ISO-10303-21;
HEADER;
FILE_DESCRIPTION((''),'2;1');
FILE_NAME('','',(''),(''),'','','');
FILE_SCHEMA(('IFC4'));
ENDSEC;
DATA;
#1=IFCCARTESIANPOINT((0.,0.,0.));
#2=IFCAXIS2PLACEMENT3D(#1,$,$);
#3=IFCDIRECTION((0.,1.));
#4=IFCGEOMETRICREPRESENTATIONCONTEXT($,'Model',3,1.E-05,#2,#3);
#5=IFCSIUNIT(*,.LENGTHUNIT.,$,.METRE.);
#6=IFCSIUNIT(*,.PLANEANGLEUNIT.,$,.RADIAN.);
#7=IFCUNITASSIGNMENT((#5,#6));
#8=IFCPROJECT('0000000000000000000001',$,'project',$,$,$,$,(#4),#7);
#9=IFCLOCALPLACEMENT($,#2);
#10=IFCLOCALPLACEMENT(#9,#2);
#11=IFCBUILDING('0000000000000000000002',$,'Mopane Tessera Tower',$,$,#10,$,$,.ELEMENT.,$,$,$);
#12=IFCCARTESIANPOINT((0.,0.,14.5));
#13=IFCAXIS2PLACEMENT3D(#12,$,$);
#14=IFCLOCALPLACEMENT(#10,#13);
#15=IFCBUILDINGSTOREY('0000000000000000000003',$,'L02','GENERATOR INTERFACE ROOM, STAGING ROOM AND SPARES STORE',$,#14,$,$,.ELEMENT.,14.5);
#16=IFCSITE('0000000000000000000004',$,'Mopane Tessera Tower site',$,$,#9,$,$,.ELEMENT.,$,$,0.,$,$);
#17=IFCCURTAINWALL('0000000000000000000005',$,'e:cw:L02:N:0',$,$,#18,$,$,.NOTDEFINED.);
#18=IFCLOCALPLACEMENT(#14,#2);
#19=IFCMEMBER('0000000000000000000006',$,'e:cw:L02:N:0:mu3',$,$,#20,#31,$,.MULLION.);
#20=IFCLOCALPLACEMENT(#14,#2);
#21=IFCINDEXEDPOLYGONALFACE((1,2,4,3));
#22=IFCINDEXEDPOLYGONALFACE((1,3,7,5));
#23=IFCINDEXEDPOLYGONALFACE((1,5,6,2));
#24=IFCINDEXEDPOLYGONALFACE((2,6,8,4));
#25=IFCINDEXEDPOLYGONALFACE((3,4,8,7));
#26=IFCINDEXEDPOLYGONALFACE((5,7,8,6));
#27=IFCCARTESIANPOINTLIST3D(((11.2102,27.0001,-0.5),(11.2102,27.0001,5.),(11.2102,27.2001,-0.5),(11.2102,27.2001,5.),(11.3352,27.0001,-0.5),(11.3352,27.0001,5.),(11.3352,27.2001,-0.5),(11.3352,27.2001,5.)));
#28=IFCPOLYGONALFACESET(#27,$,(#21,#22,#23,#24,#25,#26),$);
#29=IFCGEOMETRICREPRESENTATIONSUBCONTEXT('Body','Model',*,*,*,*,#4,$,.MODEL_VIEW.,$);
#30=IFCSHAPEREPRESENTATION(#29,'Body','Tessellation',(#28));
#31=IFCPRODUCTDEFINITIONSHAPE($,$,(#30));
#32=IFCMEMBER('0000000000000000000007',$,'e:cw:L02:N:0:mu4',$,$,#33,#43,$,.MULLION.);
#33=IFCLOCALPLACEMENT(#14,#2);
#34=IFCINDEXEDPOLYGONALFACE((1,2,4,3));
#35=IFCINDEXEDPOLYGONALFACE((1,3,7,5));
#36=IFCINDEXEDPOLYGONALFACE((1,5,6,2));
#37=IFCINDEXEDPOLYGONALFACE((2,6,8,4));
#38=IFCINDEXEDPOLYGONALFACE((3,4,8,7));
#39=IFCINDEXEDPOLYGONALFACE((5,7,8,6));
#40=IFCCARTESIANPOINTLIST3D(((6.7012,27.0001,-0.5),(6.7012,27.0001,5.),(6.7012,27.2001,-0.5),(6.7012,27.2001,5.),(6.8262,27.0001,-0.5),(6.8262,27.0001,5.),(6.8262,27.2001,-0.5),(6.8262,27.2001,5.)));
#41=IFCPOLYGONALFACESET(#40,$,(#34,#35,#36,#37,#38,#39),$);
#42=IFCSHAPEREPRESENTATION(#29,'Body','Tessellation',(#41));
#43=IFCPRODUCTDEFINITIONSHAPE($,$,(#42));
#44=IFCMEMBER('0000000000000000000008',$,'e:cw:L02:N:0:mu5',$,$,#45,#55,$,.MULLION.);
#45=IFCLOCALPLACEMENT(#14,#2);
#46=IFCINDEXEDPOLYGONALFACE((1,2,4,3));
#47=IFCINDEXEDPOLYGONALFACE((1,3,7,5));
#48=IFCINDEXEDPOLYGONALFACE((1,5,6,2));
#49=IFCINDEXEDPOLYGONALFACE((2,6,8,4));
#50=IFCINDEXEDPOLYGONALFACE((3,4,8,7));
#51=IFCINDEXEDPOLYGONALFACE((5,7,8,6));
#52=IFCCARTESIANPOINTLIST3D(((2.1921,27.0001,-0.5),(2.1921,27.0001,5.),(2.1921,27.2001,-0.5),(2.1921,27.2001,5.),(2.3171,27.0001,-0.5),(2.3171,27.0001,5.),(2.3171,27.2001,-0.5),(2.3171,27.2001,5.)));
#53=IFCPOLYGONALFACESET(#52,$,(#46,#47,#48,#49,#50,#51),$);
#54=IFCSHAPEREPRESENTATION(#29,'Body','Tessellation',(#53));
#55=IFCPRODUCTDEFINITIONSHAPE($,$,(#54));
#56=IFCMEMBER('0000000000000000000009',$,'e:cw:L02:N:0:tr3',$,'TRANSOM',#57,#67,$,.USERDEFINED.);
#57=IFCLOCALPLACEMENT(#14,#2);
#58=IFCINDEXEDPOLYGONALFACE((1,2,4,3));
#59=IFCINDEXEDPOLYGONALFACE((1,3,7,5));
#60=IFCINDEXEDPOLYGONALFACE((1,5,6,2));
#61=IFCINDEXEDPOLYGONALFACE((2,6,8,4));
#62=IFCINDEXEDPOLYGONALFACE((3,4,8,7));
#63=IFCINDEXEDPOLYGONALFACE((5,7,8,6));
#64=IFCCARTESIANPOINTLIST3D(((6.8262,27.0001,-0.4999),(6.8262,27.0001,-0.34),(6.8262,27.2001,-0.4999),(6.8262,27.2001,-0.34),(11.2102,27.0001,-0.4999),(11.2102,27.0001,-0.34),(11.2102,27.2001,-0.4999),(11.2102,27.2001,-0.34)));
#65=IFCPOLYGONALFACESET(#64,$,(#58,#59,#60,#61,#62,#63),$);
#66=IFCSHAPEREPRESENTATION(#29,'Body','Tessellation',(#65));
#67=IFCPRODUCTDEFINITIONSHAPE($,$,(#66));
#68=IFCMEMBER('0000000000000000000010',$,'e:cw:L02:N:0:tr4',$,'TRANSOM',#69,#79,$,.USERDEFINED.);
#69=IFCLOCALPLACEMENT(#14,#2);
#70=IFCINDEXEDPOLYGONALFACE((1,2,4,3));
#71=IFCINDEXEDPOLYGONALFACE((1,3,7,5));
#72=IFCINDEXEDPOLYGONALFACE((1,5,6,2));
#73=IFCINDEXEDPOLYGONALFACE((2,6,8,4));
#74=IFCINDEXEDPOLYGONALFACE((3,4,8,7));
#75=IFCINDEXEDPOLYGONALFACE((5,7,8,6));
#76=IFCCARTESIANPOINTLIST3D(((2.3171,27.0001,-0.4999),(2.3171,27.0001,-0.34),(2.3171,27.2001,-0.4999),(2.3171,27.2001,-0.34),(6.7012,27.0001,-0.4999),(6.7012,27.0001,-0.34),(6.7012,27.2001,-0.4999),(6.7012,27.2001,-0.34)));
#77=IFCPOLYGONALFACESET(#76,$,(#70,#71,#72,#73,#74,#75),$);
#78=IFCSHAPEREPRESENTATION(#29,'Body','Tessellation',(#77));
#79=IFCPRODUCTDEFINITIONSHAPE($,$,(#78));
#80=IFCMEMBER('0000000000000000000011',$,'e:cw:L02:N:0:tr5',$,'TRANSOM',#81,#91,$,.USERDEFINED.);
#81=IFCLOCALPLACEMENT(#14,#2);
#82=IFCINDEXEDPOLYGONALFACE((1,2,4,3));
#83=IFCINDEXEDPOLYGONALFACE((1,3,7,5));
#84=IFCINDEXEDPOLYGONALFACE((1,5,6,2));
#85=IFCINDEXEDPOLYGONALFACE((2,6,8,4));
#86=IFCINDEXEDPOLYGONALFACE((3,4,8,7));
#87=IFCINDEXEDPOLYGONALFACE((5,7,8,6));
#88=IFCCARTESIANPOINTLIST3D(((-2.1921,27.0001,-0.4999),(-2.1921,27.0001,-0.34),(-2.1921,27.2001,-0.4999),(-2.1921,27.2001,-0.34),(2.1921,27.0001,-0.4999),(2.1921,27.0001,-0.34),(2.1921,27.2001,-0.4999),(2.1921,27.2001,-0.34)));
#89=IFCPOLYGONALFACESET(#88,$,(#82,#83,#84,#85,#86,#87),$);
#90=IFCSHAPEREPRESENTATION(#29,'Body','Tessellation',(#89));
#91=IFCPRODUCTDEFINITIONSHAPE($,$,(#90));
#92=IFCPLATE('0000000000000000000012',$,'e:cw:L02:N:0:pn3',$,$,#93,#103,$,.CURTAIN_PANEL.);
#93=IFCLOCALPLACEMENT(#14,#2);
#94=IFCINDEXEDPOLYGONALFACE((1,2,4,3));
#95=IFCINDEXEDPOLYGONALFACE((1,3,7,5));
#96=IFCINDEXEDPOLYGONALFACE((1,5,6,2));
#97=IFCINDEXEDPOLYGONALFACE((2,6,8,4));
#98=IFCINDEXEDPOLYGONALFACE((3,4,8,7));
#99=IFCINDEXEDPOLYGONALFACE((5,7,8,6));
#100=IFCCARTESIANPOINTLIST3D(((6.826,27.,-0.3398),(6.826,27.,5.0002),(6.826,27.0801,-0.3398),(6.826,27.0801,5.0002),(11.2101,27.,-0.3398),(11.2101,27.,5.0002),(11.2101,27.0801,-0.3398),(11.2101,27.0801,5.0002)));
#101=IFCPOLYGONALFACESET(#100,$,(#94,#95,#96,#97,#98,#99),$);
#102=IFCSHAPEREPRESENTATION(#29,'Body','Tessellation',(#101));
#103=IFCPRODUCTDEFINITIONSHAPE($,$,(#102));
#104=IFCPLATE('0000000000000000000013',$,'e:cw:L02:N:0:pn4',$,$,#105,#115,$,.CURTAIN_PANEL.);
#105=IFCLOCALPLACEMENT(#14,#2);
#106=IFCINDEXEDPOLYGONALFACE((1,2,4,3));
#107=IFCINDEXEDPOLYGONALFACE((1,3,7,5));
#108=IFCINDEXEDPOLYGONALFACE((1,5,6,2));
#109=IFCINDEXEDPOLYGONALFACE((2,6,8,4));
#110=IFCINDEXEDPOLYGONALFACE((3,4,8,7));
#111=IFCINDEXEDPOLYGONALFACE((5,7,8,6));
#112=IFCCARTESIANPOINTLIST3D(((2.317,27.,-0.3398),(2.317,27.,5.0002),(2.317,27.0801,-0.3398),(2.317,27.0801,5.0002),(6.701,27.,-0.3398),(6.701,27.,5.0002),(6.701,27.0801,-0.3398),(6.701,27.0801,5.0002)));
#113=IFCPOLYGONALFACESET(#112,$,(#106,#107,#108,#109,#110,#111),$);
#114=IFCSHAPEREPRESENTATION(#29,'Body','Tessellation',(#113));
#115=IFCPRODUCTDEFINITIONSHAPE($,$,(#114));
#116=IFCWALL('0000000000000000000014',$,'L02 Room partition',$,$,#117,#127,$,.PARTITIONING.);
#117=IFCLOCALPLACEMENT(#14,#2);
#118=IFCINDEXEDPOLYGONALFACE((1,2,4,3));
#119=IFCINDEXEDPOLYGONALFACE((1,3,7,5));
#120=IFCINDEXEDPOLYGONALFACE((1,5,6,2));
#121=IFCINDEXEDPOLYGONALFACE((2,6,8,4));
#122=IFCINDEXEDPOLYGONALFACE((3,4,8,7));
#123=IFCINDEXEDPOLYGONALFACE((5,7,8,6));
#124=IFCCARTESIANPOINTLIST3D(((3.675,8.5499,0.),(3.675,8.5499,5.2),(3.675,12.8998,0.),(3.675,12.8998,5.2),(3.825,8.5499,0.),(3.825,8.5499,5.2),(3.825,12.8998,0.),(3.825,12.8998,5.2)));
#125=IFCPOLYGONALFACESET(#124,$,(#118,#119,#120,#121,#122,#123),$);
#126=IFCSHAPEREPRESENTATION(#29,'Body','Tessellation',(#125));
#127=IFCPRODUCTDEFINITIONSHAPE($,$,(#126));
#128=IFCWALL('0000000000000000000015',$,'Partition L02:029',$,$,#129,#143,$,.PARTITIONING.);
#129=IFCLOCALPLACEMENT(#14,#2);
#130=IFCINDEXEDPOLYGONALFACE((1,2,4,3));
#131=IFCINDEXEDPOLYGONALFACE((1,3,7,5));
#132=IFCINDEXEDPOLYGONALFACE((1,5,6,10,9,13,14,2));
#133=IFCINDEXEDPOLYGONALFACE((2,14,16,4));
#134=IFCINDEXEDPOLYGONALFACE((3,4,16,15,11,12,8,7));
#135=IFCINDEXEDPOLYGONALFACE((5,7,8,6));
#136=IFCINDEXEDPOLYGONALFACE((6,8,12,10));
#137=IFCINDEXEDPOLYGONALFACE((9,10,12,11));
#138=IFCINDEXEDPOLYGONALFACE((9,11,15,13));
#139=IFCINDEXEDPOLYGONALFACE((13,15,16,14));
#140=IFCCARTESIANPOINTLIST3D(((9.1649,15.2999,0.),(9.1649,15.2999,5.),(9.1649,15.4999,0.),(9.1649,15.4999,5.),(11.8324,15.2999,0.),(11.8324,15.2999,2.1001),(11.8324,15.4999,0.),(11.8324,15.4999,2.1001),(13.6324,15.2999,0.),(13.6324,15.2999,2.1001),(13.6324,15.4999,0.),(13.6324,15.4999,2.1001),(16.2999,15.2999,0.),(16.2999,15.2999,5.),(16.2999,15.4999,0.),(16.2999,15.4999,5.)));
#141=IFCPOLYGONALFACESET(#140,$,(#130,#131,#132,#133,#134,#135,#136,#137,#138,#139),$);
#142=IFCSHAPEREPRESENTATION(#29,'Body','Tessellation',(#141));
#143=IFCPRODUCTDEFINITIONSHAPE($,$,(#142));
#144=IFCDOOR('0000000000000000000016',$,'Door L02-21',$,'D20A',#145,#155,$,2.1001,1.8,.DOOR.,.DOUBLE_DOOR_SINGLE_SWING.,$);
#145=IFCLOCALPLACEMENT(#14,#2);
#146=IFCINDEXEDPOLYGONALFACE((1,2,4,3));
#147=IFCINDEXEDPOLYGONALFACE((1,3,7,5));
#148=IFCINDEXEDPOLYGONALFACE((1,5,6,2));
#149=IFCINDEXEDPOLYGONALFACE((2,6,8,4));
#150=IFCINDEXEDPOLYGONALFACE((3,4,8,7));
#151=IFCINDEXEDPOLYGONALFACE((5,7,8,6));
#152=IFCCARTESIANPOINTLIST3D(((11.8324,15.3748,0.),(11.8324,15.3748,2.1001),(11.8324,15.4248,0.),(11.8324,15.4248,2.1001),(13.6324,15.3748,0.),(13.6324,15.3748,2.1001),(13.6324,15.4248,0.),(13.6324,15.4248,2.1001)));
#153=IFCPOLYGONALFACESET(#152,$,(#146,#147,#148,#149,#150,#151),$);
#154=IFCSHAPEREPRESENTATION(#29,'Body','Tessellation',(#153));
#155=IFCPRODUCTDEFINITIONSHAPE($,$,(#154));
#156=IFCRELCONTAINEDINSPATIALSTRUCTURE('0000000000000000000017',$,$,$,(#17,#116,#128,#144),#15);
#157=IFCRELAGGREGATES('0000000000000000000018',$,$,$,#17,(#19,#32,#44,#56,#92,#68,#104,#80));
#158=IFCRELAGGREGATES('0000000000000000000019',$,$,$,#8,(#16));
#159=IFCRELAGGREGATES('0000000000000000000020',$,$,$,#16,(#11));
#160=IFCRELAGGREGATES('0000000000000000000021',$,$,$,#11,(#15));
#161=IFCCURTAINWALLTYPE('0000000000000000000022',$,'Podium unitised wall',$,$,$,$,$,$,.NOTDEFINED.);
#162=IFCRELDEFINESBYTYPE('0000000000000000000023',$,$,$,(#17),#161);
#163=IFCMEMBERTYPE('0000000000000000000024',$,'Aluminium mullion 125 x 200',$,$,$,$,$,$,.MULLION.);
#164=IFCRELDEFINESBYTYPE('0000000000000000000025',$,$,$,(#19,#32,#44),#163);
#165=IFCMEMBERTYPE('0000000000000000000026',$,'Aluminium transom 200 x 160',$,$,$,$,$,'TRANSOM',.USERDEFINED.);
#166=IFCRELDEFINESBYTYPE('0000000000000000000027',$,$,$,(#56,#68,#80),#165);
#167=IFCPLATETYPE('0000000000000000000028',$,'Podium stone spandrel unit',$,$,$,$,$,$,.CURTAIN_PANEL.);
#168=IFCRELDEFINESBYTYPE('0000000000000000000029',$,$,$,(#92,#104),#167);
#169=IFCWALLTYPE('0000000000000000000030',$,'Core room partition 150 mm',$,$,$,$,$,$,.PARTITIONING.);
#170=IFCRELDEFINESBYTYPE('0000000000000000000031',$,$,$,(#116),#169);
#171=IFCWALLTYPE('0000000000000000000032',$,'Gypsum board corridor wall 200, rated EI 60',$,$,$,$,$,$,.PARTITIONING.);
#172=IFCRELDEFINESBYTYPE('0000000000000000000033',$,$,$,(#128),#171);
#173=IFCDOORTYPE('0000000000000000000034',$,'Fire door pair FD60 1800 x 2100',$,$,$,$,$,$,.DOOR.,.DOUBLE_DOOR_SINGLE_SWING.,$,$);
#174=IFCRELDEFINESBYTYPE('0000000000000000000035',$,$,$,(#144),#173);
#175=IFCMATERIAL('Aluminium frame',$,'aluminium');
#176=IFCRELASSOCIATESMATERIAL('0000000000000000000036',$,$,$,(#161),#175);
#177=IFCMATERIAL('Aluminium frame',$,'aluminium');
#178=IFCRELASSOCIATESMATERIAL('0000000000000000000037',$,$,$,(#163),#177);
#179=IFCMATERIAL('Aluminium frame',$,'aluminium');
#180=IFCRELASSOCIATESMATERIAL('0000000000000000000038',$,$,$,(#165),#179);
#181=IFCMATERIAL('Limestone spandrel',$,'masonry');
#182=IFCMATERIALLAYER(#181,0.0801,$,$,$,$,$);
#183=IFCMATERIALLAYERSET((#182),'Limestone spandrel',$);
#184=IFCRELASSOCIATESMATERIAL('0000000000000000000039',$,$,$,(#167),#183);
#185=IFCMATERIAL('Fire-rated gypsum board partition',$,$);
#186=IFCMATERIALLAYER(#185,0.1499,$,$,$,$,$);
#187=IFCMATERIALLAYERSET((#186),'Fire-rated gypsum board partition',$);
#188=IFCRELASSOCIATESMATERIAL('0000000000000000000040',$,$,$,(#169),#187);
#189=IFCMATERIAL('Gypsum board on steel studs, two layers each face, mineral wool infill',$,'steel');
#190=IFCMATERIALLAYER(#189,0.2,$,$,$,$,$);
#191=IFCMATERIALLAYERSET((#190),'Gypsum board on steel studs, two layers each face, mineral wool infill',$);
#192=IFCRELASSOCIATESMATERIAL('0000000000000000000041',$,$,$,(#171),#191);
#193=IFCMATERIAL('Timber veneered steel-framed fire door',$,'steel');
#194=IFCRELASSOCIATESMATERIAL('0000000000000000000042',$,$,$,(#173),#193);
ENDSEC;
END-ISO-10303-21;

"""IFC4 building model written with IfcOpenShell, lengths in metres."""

from ifc_helpers import new_model, si_unit, direction, frame, frame_2d, origin, origin_2d, place, context, subcontext, project, spatial, rectangle, extrude, material, layer, layer_set, material_profile, profile_set, type_object, element, fill, aggregate, save


model = new_model("IFC4")

# Units and contexts
model_context = context("Model", 3, precision=1e-05, world=origin(), true_north=direction((0.0, 1.0)))
body_context = subcontext(model_context, "Body", "Model", "MODEL_VIEW")
ifc_project = project(units=[si_unit("LENGTHUNIT", "METRE"), si_unit("PLANEANGLEUNIT", "RADIAN")], contexts=[model_context])

# Site, building, storey
site_placement = place(None, origin())
site = spatial("IfcSite", under=ifc_project, at=site_placement, Name="Mopane Tessera Tower site", CompositionType="ELEMENT", RefElevation=0.0)
building_placement = place(site_placement, origin())
building = spatial("IfcBuilding", under=site, at=building_placement, Name="Mopane Tessera Tower", CompositionType="ELEMENT")
storey_placement = place(building_placement, frame((0.0, 0.0, 14.5)))
storey = spatial("IfcBuildingStorey", under=building, at=storey_placement, Name="L02", Description="GENERATOR INTERFACE ROOM, STAGING ROOM AND SPARES STORE", CompositionType="ELEMENT", Elevation=14.5)

# Curtain wall, members, plates
ifc_material_1 = material(Name="Aluminium frame", Category="aluminium")
curtain_wall_type = type_object("IfcCurtainWallType", Name="Podium unitised wall", PredefinedType="NOTDEFINED", material=ifc_material_1)
curtain_wall_placement = place(storey_placement, origin())
curtain_wall = element("IfcCurtainWall", 1, at=curtain_wall_placement, inside=storey, type_object=curtain_wall_type, Name="e:cw:L02:N:0", PredefinedType="NOTDEFINED")
ifc_material_2 = material(Name="Aluminium frame", Category="aluminium")
ifc_material_profile_1 = material_profile(ifc_material_2, rectangle(XDim=0.125, YDim=0.2, at=origin_2d()))
ifc_profile_set_1 = profile_set([ifc_material_profile_1], Name="Aluminium frame")
member_type_1 = type_object("IfcMemberType", Name="Aluminium mullion 125 x 200", PredefinedType="MULLION", material=ifc_profile_set_1)
member_1_placement = place(storey_placement, frame((11.2727, 27.1001, -0.5), z_axis=(0.0, 0.0, 1.0), x_axis=(-1.0, 0.0, 0.0)))
member_1 = element("IfcMember", 2, at=member_1_placement, type_object=member_type_1, Name="e:cw:L02:N:0:mu3", PredefinedType="MULLION", context=body_context, shape_type="SweptSolid", body=[
    extrude(rectangle(XDim=0.125, YDim=0.2, at=origin_2d()), origin(), (0.0, 0.0, 1.0), 5.5),
])
member_2_placement = place(storey_placement, frame((6.7637, 27.1001, -0.5), z_axis=(0.0, 0.0, 1.0), x_axis=(-1.0, 0.0, 0.0)))
member_2 = element("IfcMember", 3, at=member_2_placement, type_object=member_type_1, Name="e:cw:L02:N:0:mu4", PredefinedType="MULLION", context=body_context, shape_type="SweptSolid", body=[
    extrude(rectangle(XDim=0.125, YDim=0.2, at=origin_2d()), origin(), (0.0, 0.0, 1.0), 5.5),
])
member_3_placement = place(storey_placement, frame((2.2546, 27.1001, -0.5), z_axis=(0.0, 0.0, 1.0), x_axis=(-1.0, 0.0, 0.0)))
member_3 = element("IfcMember", 4, at=member_3_placement, type_object=member_type_1, Name="e:cw:L02:N:0:mu5", PredefinedType="MULLION", context=body_context, shape_type="SweptSolid", body=[
    extrude(rectangle(XDim=0.125, YDim=0.2, at=origin_2d()), origin(), (0.0, 0.0, 1.0), 5.5),
])
ifc_material_3 = material(Name="Aluminium frame", Category="aluminium")
ifc_material_profile_2 = material_profile(ifc_material_3, rectangle(XDim=0.2, YDim=0.1599, at=origin_2d()))
ifc_profile_set_2 = profile_set([ifc_material_profile_2], Name="Aluminium frame")
member_type_2 = type_object("IfcMemberType", Name="Aluminium transom 200 x 160", ElementType="TRANSOM", PredefinedType="USERDEFINED", material=ifc_profile_set_2)
member_4_placement = place(storey_placement, frame((11.2102, 27.1001, -0.4199), z_axis=(-1.0, 0.0, 0.0), x_axis=(0.0, -1.0, 0.0)))
member_4 = element("IfcMember", 5, at=member_4_placement, type_object=member_type_2, Name="e:cw:L02:N:0:tr3", ObjectType="TRANSOM", PredefinedType="USERDEFINED", context=body_context, shape_type="SweptSolid", body=[
    extrude(rectangle(XDim=0.2, YDim=0.1599, at=origin_2d()), origin(), (0.0, 0.0, 1.0), 4.384),
])
member_5_placement = place(storey_placement, frame((6.7012, 27.1001, -0.4199), z_axis=(-1.0, 0.0, 0.0), x_axis=(0.0, -1.0, 0.0)))
member_5 = element("IfcMember", 6, at=member_5_placement, type_object=member_type_2, Name="e:cw:L02:N:0:tr4", ObjectType="TRANSOM", PredefinedType="USERDEFINED", context=body_context, shape_type="SweptSolid", body=[
    extrude(rectangle(XDim=0.2, YDim=0.1599, at=origin_2d()), origin(), (0.0, 0.0, 1.0), 4.384),
])
member_6_placement = place(storey_placement, frame((2.1921, 27.1001, -0.4199), z_axis=(-1.0, 0.0, 0.0), x_axis=(0.0, -1.0, 0.0)))
member_6 = element("IfcMember", 7, at=member_6_placement, type_object=member_type_2, Name="e:cw:L02:N:0:tr5", ObjectType="TRANSOM", PredefinedType="USERDEFINED", context=body_context, shape_type="SweptSolid", body=[
    extrude(rectangle(XDim=0.2, YDim=0.1599, at=origin_2d()), origin(), (0.0, 0.0, 1.0), 4.3843),
])
ifc_material_4 = material(Name="Limestone spandrel", Category="masonry")
ifc_layer_1 = layer(ifc_material_4, 0.0801)
ifc_layer_set_1 = layer_set([ifc_layer_1], Name="Limestone spandrel")
plate_type = type_object("IfcPlateType", Name="Podium stone spandrel unit", PredefinedType="CURTAIN_PANEL", material=ifc_layer_set_1)
plate_1_placement = place(storey_placement, frame((9.0181, 27.04, -0.3398), z_axis=(0.0, 0.0, 1.0), x_axis=(-1.0, 0.0, 0.0)))
plate_1 = element("IfcPlate", 8, at=plate_1_placement, type_object=plate_type, Name="e:cw:L02:N:0:pn3", PredefinedType="CURTAIN_PANEL", context=body_context, shape_type="SweptSolid", body=[
    extrude(rectangle(XDim=4.384, YDim=0.0801, at=origin_2d()), origin(), (0.0, 0.0, 1.0), 5.3401),
])
plate_2_placement = place(storey_placement, frame((4.509, 27.04, -0.3398), z_axis=(0.0, 0.0, 1.0), x_axis=(-1.0, 0.0, 0.0)))
plate_2 = element("IfcPlate", 9, at=plate_2_placement, type_object=plate_type, Name="e:cw:L02:N:0:pn4", PredefinedType="CURTAIN_PANEL", context=body_context, shape_type="SweptSolid", body=[
    extrude(rectangle(XDim=4.384, YDim=0.0801, at=origin_2d()), origin(), (0.0, 0.0, 1.0), 5.3401),
])
aggregate(curtain_wall, [member_1, member_2, member_3, member_4, plate_1, member_5, plate_2, member_6])

# Wall
ifc_material_5 = material(Name="Fire-rated gypsum board partition")
ifc_layer_2 = layer(ifc_material_5, 0.1499)
ifc_layer_set_2 = layer_set([ifc_layer_2], Name="Fire-rated gypsum board partition")
wall_type_1 = type_object("IfcWallType", Name="Core room partition 150 mm", PredefinedType="PARTITIONING", material=ifc_layer_set_2)
wall_1_placement = place(storey_placement, frame((3.75, 8.55, 0.0), z_axis=(0.0, 0.0, 1.0), x_axis=(0.0, 1.0, 0.0)))
element("IfcWall", 10, at=wall_1_placement, inside=storey, type_object=wall_type_1, Name="L02 Room partition", PredefinedType="PARTITIONING", context=body_context, shape_type="SweptSolid", body=[
    extrude(rectangle(XDim=4.3499, YDim=0.1499, at=frame_2d((2.1748, 0.0))), origin(), (0.0, 0.0, 1.0), 5.2),
])

# Wall, opening, door
ifc_material_6 = material(Name="Gypsum board on steel studs, two layers each face, mineral wool infill", Category="steel")
ifc_layer_3 = layer(ifc_material_6, 0.2)
ifc_layer_set_3 = layer_set([ifc_layer_3], Name="Gypsum board on steel studs, two layers each face, mineral wool infill")
wall_type_2 = type_object("IfcWallType", Name="Gypsum board corridor wall 200, rated EI 60", PredefinedType="PARTITIONING", material=ifc_layer_set_3)
wall_2_placement = place(storey_placement, frame((9.165, 15.3999, 0.0), z_axis=(0.0, 0.0, 1.0), x_axis=(1.0, 0.0, 0.0)))
wall_2 = element("IfcWall", 11, at=wall_2_placement, inside=storey, type_object=wall_type_2, Name="Partition L02:029", PredefinedType="PARTITIONING", context=body_context, shape_type="SweptSolid", body=[
    extrude(rectangle(XDim=7.135, YDim=0.2, at=frame_2d((3.5674, 0.0))), origin(), (0.0, 0.0, 1.0), 5.0),
])
opening_1_placement = place(wall_2_placement, frame((2.6675, 0.0, 0.0)))
opening_1 = element("IfcOpeningElement", 12, at=opening_1_placement, cuts=wall_2, PredefinedType="OPENING", context=body_context, shape_type="SweptSolid", body=[
    extrude(rectangle(XDim=1.8, YDim=2.1001, at=frame_2d((0.8999, 1.05))), frame((0.0, 0.1121, 0.0), z_axis=(0.0, -1.0, 0.0), x_axis=(1.0, 0.0, 0.0)), (0.0, 0.0, 1.0), 0.2239),
])
ifc_material_7 = material(Name="Timber veneered steel-framed fire door", Category="steel")
door_type_1 = type_object("IfcDoorType", Name="Fire door pair FD60 1800 x 2100", OperationType="DOUBLE_DOOR_SINGLE_SWING", PredefinedType="DOOR", material=ifc_material_7)
door_1_placement = place(opening_1_placement, origin())
door_1 = element("IfcDoor", 13, at=door_1_placement, inside=storey, type_object=door_type_1, Name="Door L02-21", ObjectType="D20A", OperationType="DOUBLE_DOOR_SINGLE_SWING", OverallHeight=2.1001, OverallWidth=1.8, PredefinedType="DOOR", context=body_context, shape_type="SweptSolid", body=[
    extrude(rectangle(XDim=1.8, YDim=2.1001, at=frame_2d((0.8999, 1.05))), frame((0.0, 0.0249, 0.0), z_axis=(0.0, -1.0, 0.0), x_axis=(1.0, 0.0, 0.0)), (0.0, 0.0, 1.0), 0.05),
])
fill(opening_1, door_1)

save(model, "model.ifc")
